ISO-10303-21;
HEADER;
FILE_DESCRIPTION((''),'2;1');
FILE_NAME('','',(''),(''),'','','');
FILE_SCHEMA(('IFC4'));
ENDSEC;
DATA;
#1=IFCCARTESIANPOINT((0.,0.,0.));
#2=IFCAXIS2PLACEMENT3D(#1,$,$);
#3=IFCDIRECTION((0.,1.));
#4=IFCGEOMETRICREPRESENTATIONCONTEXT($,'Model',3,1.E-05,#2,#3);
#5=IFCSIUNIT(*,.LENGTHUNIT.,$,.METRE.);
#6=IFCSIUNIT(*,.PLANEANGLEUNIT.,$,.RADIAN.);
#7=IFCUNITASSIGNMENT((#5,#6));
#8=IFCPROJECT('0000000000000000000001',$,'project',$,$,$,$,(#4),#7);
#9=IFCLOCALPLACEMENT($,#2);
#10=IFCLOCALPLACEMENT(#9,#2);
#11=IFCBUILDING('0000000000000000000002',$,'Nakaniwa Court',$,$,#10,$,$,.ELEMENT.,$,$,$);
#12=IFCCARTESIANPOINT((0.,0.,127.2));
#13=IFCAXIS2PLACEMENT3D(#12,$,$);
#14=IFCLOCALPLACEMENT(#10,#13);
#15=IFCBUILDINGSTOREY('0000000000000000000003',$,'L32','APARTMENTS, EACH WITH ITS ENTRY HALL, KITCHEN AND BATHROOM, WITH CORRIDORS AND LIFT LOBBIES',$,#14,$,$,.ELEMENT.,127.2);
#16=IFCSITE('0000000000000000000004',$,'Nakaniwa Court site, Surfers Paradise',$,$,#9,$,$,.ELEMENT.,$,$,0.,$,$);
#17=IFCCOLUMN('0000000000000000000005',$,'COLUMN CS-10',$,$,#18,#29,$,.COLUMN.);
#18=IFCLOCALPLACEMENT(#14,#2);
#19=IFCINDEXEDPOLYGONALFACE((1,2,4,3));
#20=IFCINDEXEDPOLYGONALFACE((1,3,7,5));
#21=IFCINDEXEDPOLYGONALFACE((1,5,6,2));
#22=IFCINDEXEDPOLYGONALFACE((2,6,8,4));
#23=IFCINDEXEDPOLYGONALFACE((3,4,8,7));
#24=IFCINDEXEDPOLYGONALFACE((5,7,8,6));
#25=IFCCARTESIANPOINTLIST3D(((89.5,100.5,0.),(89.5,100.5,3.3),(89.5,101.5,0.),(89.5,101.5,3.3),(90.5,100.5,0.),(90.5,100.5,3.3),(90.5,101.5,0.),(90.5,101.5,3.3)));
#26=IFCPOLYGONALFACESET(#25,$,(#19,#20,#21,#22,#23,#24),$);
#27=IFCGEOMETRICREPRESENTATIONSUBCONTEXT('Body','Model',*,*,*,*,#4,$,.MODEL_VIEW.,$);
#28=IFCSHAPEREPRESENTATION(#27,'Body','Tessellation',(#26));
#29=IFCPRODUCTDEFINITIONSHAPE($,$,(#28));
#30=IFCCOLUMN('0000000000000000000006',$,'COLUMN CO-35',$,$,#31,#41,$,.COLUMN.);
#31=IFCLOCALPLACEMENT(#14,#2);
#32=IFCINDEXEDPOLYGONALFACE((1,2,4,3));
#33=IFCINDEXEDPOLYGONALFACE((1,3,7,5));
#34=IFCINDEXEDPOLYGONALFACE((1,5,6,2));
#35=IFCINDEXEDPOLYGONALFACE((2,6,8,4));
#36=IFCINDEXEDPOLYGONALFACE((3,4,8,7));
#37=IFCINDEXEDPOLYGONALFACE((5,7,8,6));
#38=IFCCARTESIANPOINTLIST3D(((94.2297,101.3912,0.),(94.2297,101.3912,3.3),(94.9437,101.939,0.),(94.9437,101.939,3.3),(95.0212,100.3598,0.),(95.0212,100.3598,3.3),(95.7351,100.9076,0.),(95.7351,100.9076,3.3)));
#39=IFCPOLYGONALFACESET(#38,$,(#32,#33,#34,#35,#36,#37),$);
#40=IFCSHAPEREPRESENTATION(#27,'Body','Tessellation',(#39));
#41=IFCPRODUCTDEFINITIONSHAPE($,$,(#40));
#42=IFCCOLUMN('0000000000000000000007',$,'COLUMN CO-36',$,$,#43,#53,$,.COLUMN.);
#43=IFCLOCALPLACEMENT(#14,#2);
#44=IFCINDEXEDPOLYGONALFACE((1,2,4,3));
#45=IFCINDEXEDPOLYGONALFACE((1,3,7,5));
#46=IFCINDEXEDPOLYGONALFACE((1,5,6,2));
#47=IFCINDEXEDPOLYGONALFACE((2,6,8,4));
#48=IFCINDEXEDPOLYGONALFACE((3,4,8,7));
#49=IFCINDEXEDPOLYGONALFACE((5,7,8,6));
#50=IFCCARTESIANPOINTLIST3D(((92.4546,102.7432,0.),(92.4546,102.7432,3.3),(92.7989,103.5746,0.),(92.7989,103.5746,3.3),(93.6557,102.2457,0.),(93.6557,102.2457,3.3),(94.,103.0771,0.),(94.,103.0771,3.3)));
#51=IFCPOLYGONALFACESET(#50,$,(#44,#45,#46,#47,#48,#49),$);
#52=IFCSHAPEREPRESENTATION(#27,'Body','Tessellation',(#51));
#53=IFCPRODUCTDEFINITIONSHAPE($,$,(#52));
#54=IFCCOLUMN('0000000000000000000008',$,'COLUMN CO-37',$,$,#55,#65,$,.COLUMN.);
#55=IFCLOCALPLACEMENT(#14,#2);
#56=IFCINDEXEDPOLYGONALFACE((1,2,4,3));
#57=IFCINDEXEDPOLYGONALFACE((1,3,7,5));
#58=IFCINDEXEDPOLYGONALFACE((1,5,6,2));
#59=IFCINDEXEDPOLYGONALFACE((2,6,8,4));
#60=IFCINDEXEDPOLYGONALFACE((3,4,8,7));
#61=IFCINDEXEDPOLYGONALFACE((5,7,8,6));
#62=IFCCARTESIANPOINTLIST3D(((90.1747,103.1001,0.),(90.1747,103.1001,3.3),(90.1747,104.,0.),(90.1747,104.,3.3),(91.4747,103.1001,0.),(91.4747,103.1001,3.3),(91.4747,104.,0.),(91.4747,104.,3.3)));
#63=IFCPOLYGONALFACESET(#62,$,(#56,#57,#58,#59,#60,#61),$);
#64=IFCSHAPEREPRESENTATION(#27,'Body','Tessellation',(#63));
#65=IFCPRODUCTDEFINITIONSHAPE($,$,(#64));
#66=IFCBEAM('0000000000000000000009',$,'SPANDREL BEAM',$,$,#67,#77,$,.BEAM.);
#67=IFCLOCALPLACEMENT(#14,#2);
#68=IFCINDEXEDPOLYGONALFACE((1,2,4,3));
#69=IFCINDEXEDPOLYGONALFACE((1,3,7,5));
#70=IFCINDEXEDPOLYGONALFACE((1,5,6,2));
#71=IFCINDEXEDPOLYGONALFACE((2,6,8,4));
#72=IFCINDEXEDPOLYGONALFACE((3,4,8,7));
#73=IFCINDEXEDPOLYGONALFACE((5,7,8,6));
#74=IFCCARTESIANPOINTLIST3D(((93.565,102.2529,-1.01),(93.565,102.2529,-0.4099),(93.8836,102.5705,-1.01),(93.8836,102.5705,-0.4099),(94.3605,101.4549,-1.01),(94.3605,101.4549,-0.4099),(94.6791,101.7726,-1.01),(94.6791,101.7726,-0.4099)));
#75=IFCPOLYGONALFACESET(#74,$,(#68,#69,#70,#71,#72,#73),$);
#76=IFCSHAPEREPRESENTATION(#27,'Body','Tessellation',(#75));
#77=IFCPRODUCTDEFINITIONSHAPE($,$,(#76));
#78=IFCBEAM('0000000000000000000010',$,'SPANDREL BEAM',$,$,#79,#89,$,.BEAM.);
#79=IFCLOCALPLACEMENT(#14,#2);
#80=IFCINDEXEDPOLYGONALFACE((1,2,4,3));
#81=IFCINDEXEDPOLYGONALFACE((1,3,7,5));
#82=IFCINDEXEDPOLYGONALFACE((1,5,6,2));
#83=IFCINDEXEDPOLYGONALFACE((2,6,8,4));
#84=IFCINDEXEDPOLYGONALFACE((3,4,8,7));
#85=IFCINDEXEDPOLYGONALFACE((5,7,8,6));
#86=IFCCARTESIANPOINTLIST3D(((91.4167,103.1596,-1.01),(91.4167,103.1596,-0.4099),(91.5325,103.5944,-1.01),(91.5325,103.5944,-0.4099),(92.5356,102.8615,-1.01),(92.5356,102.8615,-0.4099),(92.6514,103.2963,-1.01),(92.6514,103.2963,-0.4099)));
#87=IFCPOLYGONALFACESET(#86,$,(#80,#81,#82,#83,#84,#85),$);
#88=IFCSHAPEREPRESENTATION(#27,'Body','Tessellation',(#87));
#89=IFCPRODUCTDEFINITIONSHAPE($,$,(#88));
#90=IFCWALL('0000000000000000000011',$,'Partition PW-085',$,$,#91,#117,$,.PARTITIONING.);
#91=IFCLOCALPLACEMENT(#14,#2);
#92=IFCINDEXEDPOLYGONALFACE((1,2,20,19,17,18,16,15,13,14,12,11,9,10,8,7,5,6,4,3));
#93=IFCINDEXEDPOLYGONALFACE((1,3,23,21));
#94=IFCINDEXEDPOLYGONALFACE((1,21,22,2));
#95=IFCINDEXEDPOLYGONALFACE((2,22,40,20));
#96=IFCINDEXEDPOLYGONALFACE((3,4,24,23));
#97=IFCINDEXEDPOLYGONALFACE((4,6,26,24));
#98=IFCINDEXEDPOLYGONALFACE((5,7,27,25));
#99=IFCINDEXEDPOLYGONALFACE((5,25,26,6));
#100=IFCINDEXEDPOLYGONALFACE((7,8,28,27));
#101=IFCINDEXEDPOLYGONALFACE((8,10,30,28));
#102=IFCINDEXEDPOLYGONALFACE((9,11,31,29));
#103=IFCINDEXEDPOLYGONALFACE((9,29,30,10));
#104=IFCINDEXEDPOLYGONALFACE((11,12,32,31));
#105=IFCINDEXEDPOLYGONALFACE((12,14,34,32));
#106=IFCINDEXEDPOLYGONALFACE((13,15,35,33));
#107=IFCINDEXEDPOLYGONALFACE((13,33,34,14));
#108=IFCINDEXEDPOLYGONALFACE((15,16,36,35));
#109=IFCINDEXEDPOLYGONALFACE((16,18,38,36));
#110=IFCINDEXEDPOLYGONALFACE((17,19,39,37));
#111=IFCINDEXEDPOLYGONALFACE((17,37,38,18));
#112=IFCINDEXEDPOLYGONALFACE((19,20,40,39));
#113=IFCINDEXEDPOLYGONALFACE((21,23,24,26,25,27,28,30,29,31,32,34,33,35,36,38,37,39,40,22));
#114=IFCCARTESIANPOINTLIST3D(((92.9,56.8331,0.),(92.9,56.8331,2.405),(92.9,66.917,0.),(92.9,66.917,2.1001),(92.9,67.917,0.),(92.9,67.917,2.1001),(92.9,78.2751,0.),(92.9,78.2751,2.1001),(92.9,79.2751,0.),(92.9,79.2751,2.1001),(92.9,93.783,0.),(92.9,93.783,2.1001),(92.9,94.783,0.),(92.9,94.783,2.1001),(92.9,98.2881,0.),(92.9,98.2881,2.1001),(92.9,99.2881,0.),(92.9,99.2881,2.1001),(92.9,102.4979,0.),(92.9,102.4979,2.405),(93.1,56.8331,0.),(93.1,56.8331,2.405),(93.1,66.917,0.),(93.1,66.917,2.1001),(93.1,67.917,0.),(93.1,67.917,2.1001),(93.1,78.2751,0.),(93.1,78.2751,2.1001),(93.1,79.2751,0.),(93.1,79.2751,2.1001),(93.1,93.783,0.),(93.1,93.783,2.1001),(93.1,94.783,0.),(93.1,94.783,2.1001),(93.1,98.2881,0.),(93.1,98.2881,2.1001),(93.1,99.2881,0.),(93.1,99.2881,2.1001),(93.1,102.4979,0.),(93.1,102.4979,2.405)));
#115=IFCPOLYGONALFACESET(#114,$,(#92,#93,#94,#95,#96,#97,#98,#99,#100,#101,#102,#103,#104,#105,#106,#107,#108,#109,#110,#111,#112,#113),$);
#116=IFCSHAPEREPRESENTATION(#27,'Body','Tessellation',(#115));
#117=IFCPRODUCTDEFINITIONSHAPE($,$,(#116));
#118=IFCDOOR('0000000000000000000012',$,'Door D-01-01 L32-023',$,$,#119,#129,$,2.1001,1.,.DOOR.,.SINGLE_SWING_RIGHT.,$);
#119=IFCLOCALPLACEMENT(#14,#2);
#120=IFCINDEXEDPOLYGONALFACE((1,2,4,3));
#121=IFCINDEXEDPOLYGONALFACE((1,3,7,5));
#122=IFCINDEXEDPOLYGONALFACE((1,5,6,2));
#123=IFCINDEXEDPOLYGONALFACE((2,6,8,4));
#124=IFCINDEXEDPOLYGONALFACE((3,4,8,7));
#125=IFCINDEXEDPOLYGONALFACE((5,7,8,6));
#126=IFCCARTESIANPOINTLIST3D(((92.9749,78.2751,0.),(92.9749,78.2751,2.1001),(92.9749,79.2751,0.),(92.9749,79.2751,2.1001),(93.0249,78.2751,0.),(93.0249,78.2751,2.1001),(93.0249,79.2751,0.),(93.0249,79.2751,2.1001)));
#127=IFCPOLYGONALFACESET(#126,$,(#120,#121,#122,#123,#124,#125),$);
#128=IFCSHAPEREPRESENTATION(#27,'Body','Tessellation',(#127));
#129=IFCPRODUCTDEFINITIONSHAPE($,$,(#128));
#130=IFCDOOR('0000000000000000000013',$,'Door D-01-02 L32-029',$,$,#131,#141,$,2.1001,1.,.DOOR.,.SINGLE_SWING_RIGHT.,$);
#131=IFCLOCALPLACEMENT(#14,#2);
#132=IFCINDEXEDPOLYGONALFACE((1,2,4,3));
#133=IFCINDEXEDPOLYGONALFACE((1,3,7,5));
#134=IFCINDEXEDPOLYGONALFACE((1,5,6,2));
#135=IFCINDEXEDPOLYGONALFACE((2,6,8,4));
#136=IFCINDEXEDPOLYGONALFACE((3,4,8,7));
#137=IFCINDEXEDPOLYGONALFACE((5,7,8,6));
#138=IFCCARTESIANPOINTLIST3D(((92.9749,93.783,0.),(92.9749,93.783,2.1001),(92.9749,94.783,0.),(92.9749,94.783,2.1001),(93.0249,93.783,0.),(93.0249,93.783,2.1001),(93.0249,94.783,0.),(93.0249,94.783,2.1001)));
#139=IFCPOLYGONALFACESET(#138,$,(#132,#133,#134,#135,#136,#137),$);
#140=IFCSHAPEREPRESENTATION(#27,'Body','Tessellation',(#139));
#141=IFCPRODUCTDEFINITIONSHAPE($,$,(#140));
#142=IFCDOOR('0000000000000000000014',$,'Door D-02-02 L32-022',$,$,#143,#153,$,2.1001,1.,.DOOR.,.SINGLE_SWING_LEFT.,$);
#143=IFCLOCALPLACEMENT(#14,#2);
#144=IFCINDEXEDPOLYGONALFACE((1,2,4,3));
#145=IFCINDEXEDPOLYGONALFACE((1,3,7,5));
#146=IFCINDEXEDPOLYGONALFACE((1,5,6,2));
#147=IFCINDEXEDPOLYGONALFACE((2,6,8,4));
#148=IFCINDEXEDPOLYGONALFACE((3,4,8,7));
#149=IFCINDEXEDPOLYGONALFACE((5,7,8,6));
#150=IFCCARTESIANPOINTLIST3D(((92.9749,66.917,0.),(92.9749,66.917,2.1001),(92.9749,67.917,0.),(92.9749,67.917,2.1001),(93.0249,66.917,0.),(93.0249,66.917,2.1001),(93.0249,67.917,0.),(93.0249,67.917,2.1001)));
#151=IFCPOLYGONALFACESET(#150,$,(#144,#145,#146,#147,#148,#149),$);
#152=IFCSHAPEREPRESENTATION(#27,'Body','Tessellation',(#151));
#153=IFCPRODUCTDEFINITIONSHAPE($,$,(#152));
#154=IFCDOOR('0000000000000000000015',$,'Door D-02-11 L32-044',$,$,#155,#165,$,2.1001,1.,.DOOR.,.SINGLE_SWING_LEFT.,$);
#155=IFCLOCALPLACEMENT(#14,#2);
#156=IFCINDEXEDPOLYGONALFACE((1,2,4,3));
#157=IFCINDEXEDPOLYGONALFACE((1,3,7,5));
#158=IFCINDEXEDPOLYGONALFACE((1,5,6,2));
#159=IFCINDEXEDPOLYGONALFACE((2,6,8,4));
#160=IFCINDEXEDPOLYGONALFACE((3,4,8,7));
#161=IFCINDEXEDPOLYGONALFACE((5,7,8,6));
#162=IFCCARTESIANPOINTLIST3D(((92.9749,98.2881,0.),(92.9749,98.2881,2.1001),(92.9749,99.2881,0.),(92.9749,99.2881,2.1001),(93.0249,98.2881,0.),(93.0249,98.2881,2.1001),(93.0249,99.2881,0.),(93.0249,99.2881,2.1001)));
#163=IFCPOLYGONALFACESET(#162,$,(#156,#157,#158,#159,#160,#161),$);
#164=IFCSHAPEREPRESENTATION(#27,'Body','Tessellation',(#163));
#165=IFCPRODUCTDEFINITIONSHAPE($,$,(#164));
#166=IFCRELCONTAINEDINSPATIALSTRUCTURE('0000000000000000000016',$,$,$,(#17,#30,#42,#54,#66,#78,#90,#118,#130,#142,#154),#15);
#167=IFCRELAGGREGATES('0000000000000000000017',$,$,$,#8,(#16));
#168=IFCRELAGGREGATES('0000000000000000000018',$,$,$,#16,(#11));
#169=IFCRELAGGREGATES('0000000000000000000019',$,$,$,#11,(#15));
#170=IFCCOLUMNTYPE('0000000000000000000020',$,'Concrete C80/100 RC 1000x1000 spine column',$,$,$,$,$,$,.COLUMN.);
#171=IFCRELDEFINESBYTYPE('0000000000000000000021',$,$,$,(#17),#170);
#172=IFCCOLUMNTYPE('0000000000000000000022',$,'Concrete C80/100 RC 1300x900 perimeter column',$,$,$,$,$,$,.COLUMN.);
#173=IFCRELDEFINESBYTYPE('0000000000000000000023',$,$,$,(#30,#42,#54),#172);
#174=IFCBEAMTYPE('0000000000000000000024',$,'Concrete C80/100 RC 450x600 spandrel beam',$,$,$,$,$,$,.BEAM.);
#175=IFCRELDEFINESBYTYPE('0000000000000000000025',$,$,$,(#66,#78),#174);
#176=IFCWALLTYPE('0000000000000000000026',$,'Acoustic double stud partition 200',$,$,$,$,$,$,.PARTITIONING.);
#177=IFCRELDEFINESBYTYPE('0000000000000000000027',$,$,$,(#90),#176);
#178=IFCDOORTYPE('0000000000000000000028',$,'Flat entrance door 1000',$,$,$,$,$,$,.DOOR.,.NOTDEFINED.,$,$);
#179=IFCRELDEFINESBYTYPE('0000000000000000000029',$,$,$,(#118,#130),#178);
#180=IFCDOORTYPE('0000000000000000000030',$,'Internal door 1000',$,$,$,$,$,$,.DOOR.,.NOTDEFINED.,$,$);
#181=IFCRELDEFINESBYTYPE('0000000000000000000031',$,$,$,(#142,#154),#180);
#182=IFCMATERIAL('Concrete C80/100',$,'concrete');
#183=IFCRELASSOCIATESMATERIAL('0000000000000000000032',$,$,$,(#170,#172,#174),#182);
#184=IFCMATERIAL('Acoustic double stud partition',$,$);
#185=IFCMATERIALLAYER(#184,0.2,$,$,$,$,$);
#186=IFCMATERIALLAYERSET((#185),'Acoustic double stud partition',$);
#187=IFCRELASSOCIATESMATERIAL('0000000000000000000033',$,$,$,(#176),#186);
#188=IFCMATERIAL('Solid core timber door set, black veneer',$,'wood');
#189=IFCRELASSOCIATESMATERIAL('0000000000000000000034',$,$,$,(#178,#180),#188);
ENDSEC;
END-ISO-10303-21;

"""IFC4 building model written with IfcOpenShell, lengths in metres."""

from ifc_helpers import new_model, si_unit, direction, frame, frame_2d, origin, origin_2d, place, context, subcontext, project, spatial, rectangle, extrude, material, layer, layer_set, material_profile, profile_set, type_object, element, fill, save


model = new_model("IFC4")

# Units and contexts
model_context = context("Model", 3, precision=1e-05, world=origin(), true_north=direction((0.0, 1.0)))
body_context = subcontext(model_context, "Body", "Model", "MODEL_VIEW")
ifc_project = project(units=[si_unit("LENGTHUNIT", "METRE"), si_unit("PLANEANGLEUNIT", "RADIAN")], contexts=[model_context])

# Site, building, storey
site_placement = place(None, origin())
site = spatial("IfcSite", under=ifc_project, at=site_placement, Name="Nakaniwa Court site, Surfers Paradise", CompositionType="ELEMENT", RefElevation=0.0)
building_placement = place(site_placement, origin())
building = spatial("IfcBuilding", under=site, at=building_placement, Name="Nakaniwa Court", CompositionType="ELEMENT")
storey_placement = place(building_placement, frame((0.0, 0.0, 127.2)))
storey = spatial("IfcBuildingStorey", under=building, at=storey_placement, Name="L32", Description="APARTMENTS, EACH WITH ITS ENTRY HALL, KITCHEN AND BATHROOM, WITH CORRIDORS AND LIFT LOBBIES", CompositionType="ELEMENT", Elevation=127.2)

# Columns
ifc_material_1 = material(Name="Concrete C80/100", Category="concrete")
ifc_material_profile_1 = material_profile(ifc_material_1, rectangle(XDim=1.0, YDim=1.0, at=origin_2d()), Name="Concrete C80/100 RC 1000x1000 spine column")
ifc_profile_set_1 = profile_set([ifc_material_profile_1], Name="Concrete C80/100")
column_type_1 = type_object("IfcColumnType", Name="Concrete C80/100 RC 1000x1000 spine column", PredefinedType="COLUMN", material=ifc_profile_set_1)
column_placement = place(storey_placement, frame((90.0, 101.0, 0.0), z_axis=(0.0, 0.0, 1.0), x_axis=(0.0, 1.0, 0.0)))
element("IfcColumn", 1, at=column_placement, inside=storey, type_object=column_type_1, Name="COLUMN CS-10", PredefinedType="COLUMN", context=body_context, shape_type="SweptSolid", body=[
    extrude(rectangle(XDim=1.0, YDim=1.0, at=origin_2d()), origin(), (0.0, 0.0, 1.0), 3.3),
])
ifc_material_profile_2 = material_profile(ifc_material_1, rectangle(XDim=1.3, YDim=0.8999, at=origin_2d()), Name="Concrete C80/100 RC 1300x900 perimeter column")
ifc_profile_set_2 = profile_set([ifc_material_profile_2], Name="Concrete C80/100")
column_type_2 = type_object("IfcColumnType", Name="Concrete C80/100 RC 1300x900 perimeter column", PredefinedType="COLUMN", material=ifc_profile_set_2)
for number, where, z_axis, x_axis, name in (
    (2, (94.9824, 101.1494, 0.0), (0.0, 0.0, 1.0), (-0.608761, 0.793353, 0.0), "COLUMN CO-35"),
    (3, (93.2273, 102.9102, 0.0), (0.0, 0.0, 1.0), (-0.92388, 0.382683, 0.0), "COLUMN CO-36"),
    (4, (90.8247, 103.55, 0.0), (0.0, 0.0, 1.0), (-1.0, 0.0, 0.0), "COLUMN CO-37"),
):
    element("IfcColumn", number, at=place(storey_placement, frame(where, z_axis=z_axis, x_axis=x_axis)), inside=storey, type_object=column_type_2, Name=name, PredefinedType="COLUMN", context=body_context, shape_type="SweptSolid", body=[
        extrude(rectangle(XDim=1.3, YDim=0.8999, at=origin_2d()), origin(), (0.0, 0.0, 1.0), 3.3),
    ])

# Beams
ifc_material_profile_3 = material_profile(ifc_material_1, rectangle(XDim=0.45, YDim=0.6001, at=origin_2d()), Name="Concrete C80/100 RC 450x600 spandrel beam")
ifc_profile_set_3 = profile_set([ifc_material_profile_3], Name="Concrete C80/100")
beam_type = type_object("IfcBeamType", Name="Concrete C80/100 RC 450x600 spandrel beam", PredefinedType="BEAM", material=ifc_profile_set_3)
beam_1_placement = place(storey_placement, frame((94.5198, 101.6138, -0.71), z_axis=(-0.706022, 0.708189, 0.0), x_axis=(-0.708189, -0.706022, 0.0)))
element("IfcBeam", 5, at=beam_1_placement, inside=storey, type_object=beam_type, Name="SPANDREL BEAM", PredefinedType="BEAM", context=body_context, shape_type="SweptSolid", body=[
    extrude(rectangle(XDim=0.45, YDim=0.6001, at=origin_2d()), origin(), (0.0, 0.0, 1.0), 1.1267),
])
beam_2_placement = place(storey_placement, frame((92.5935, 103.0789, -0.71), z_axis=(-0.966294, 0.25744, 0.0), x_axis=(-0.25744, -0.966294, 0.0)))
element("IfcBeam", 6, at=beam_2_placement, inside=storey, type_object=beam_type, Name="SPANDREL BEAM", PredefinedType="BEAM", context=body_context, shape_type="SweptSolid", body=[
    extrude(rectangle(XDim=0.45, YDim=0.6001, at=origin_2d()), origin(), (0.0, 0.0, 1.0), 1.158),
])

# Wall, openings, doors
ifc_material_2 = material(Name="Acoustic double stud partition")
ifc_layer_1 = layer(ifc_material_2, 0.2)
ifc_layer_set_1 = layer_set([ifc_layer_1], Name="Acoustic double stud partition")
wall_type_1 = type_object("IfcWallType", Name="Acoustic double stud partition 200", PredefinedType="PARTITIONING", material=ifc_layer_set_1)
wall_1_placement = place(storey_placement, frame((93.0, 102.498, 0.0), z_axis=(0.0, 0.0, 1.0), x_axis=(0.0, -1.0, 0.0)))
wall_1 = element("IfcWall", 7, at=wall_1_placement, inside=storey, type_object=wall_type_1, Name="Partition PW-085", PredefinedType="PARTITIONING", context=body_context, shape_type="SweptSolid", body=[
    extrude(rectangle(XDim=45.6648, YDim=0.2, at=frame_2d((22.8325, 0.0))), origin(), (0.0, 0.0, 1.0), 2.405),
])
opening_1_placement = place(wall_1_placement, frame((34.5811, 0.0, 0.0)))
opening_1 = element("IfcOpeningElement", 8, at=opening_1_placement, cuts=wall_1, PredefinedType="OPENING", context=body_context, shape_type="SweptSolid", body=[
    extrude(rectangle(XDim=1.0, YDim=2.1001, at=frame_2d((0.5, 1.05))), frame((0.0, 0.1099, 0.0), z_axis=(0.0, -1.0, 0.0), x_axis=(1.0, 0.0, 0.0)), (0.0, 0.0, 1.0), 0.22),
])
opening_2_placement = place(wall_1_placement, frame((23.2229, 0.0, 0.0)))
opening_2 = element("IfcOpeningElement", 9, at=opening_2_placement, cuts=wall_1, PredefinedType="OPENING", context=body_context, shape_type="SweptSolid", body=[
    extrude(rectangle(XDim=1.0, YDim=2.1001, at=frame_2d((0.5, 1.05))), frame((0.0, 0.1099, 0.0), z_axis=(0.0, -1.0, 0.0), x_axis=(1.0, 0.0, 0.0)), (0.0, 0.0, 1.0), 0.22),
])
opening_3_placement = place(wall_1_placement, frame((7.7151, 0.0, 0.0)))
opening_3 = element("IfcOpeningElement", 10, at=opening_3_placement, cuts=wall_1, PredefinedType="OPENING", context=body_context, shape_type="SweptSolid", body=[
    extrude(rectangle(XDim=1.0, YDim=2.1001, at=frame_2d((0.5, 1.05))), frame((0.0, 0.1099, 0.0), z_axis=(0.0, -1.0, 0.0), x_axis=(1.0, 0.0, 0.0)), (0.0, 0.0, 1.0), 0.22),
])
opening_4_placement = place(wall_1_placement, frame((3.21, 0.0, 0.0)))
opening_4 = element("IfcOpeningElement", 11, at=opening_4_placement, cuts=wall_1, PredefinedType="OPENING", context=body_context, shape_type="SweptSolid", body=[
    extrude(rectangle(XDim=1.0, YDim=2.1001, at=frame_2d((0.5, 1.05))), frame((0.0, 0.1099, 0.0), z_axis=(0.0, -1.0, 0.0), x_axis=(1.0, 0.0, 0.0)), (0.0, 0.0, 1.0), 0.22),
])
ifc_material_3 = material(Name="Solid core timber door set, black veneer", Category="wood")
door_type_1 = type_object("IfcDoorType", Name="Flat entrance door 1000", OperationType="NOTDEFINED", PredefinedType="DOOR", material=ifc_material_3)
door_1_placement = place(opening_2_placement, origin())
door_1 = element("IfcDoor", 12, at=door_1_placement, inside=storey, type_object=door_type_1, Name="Door D-01-01 L32-023", OperationType="SINGLE_SWING_RIGHT", OverallHeight=2.1001, OverallWidth=1.0, PredefinedType="DOOR", context=body_context, shape_type="SweptSolid", body=[
    extrude(rectangle(XDim=1.0, YDim=2.1001, at=frame_2d((0.5, 1.05))), frame((0.0, 0.0249, 0.0), z_axis=(0.0, -1.0, 0.0), x_axis=(1.0, 0.0, 0.0)), (0.0, 0.0, 1.0), 0.05),
])
fill(opening_2, door_1)
door_2_placement = place(opening_3_placement, origin())
door_2 = element("IfcDoor", 13, at=door_2_placement, inside=storey, type_object=door_type_1, Name="Door D-01-02 L32-029", OperationType="SINGLE_SWING_RIGHT", OverallHeight=2.1001, OverallWidth=1.0, PredefinedType="DOOR", context=body_context, shape_type="SweptSolid", body=[
    extrude(rectangle(XDim=1.0, YDim=2.1001, at=frame_2d((0.5, 1.05))), frame((0.0, 0.0249, 0.0), z_axis=(0.0, -1.0, 0.0), x_axis=(1.0, 0.0, 0.0)), (0.0, 0.0, 1.0), 0.05),
])
fill(opening_3, door_2)
door_type_2 = type_object("IfcDoorType", Name="Internal door 1000", OperationType="NOTDEFINED", PredefinedType="DOOR", material=ifc_material_3)
door_3_placement = place(opening_1_placement, origin())
door_3 = element("IfcDoor", 14, at=door_3_placement, inside=storey, type_object=door_type_2, Name="Door D-02-02 L32-022", OperationType="SINGLE_SWING_LEFT", OverallHeight=2.1001, OverallWidth=1.0, PredefinedType="DOOR", context=body_context, shape_type="SweptSolid", body=[
    extrude(rectangle(XDim=1.0, YDim=2.1001, at=frame_2d((0.5, 1.05))), frame((0.0, 0.0249, 0.0), z_axis=(0.0, -1.0, 0.0), x_axis=(1.0, 0.0, 0.0)), (0.0, 0.0, 1.0), 0.05),
])
fill(opening_1, door_3)
door_4_placement = place(opening_4_placement, origin())
door_4 = element("IfcDoor", 15, at=door_4_placement, inside=storey, type_object=door_type_2, Name="Door D-02-11 L32-044", OperationType="SINGLE_SWING_LEFT", OverallHeight=2.1001, OverallWidth=1.0, PredefinedType="DOOR", context=body_context, shape_type="SweptSolid", body=[
    extrude(rectangle(XDim=1.0, YDim=2.1001, at=frame_2d((0.5, 1.05))), frame((0.0, 0.0249, 0.0), z_axis=(0.0, -1.0, 0.0), x_axis=(1.0, 0.0, 0.0)), (0.0, 0.0, 1.0), 0.05),
])
fill(opening_4, door_4)

save(model, "model.ifc")
